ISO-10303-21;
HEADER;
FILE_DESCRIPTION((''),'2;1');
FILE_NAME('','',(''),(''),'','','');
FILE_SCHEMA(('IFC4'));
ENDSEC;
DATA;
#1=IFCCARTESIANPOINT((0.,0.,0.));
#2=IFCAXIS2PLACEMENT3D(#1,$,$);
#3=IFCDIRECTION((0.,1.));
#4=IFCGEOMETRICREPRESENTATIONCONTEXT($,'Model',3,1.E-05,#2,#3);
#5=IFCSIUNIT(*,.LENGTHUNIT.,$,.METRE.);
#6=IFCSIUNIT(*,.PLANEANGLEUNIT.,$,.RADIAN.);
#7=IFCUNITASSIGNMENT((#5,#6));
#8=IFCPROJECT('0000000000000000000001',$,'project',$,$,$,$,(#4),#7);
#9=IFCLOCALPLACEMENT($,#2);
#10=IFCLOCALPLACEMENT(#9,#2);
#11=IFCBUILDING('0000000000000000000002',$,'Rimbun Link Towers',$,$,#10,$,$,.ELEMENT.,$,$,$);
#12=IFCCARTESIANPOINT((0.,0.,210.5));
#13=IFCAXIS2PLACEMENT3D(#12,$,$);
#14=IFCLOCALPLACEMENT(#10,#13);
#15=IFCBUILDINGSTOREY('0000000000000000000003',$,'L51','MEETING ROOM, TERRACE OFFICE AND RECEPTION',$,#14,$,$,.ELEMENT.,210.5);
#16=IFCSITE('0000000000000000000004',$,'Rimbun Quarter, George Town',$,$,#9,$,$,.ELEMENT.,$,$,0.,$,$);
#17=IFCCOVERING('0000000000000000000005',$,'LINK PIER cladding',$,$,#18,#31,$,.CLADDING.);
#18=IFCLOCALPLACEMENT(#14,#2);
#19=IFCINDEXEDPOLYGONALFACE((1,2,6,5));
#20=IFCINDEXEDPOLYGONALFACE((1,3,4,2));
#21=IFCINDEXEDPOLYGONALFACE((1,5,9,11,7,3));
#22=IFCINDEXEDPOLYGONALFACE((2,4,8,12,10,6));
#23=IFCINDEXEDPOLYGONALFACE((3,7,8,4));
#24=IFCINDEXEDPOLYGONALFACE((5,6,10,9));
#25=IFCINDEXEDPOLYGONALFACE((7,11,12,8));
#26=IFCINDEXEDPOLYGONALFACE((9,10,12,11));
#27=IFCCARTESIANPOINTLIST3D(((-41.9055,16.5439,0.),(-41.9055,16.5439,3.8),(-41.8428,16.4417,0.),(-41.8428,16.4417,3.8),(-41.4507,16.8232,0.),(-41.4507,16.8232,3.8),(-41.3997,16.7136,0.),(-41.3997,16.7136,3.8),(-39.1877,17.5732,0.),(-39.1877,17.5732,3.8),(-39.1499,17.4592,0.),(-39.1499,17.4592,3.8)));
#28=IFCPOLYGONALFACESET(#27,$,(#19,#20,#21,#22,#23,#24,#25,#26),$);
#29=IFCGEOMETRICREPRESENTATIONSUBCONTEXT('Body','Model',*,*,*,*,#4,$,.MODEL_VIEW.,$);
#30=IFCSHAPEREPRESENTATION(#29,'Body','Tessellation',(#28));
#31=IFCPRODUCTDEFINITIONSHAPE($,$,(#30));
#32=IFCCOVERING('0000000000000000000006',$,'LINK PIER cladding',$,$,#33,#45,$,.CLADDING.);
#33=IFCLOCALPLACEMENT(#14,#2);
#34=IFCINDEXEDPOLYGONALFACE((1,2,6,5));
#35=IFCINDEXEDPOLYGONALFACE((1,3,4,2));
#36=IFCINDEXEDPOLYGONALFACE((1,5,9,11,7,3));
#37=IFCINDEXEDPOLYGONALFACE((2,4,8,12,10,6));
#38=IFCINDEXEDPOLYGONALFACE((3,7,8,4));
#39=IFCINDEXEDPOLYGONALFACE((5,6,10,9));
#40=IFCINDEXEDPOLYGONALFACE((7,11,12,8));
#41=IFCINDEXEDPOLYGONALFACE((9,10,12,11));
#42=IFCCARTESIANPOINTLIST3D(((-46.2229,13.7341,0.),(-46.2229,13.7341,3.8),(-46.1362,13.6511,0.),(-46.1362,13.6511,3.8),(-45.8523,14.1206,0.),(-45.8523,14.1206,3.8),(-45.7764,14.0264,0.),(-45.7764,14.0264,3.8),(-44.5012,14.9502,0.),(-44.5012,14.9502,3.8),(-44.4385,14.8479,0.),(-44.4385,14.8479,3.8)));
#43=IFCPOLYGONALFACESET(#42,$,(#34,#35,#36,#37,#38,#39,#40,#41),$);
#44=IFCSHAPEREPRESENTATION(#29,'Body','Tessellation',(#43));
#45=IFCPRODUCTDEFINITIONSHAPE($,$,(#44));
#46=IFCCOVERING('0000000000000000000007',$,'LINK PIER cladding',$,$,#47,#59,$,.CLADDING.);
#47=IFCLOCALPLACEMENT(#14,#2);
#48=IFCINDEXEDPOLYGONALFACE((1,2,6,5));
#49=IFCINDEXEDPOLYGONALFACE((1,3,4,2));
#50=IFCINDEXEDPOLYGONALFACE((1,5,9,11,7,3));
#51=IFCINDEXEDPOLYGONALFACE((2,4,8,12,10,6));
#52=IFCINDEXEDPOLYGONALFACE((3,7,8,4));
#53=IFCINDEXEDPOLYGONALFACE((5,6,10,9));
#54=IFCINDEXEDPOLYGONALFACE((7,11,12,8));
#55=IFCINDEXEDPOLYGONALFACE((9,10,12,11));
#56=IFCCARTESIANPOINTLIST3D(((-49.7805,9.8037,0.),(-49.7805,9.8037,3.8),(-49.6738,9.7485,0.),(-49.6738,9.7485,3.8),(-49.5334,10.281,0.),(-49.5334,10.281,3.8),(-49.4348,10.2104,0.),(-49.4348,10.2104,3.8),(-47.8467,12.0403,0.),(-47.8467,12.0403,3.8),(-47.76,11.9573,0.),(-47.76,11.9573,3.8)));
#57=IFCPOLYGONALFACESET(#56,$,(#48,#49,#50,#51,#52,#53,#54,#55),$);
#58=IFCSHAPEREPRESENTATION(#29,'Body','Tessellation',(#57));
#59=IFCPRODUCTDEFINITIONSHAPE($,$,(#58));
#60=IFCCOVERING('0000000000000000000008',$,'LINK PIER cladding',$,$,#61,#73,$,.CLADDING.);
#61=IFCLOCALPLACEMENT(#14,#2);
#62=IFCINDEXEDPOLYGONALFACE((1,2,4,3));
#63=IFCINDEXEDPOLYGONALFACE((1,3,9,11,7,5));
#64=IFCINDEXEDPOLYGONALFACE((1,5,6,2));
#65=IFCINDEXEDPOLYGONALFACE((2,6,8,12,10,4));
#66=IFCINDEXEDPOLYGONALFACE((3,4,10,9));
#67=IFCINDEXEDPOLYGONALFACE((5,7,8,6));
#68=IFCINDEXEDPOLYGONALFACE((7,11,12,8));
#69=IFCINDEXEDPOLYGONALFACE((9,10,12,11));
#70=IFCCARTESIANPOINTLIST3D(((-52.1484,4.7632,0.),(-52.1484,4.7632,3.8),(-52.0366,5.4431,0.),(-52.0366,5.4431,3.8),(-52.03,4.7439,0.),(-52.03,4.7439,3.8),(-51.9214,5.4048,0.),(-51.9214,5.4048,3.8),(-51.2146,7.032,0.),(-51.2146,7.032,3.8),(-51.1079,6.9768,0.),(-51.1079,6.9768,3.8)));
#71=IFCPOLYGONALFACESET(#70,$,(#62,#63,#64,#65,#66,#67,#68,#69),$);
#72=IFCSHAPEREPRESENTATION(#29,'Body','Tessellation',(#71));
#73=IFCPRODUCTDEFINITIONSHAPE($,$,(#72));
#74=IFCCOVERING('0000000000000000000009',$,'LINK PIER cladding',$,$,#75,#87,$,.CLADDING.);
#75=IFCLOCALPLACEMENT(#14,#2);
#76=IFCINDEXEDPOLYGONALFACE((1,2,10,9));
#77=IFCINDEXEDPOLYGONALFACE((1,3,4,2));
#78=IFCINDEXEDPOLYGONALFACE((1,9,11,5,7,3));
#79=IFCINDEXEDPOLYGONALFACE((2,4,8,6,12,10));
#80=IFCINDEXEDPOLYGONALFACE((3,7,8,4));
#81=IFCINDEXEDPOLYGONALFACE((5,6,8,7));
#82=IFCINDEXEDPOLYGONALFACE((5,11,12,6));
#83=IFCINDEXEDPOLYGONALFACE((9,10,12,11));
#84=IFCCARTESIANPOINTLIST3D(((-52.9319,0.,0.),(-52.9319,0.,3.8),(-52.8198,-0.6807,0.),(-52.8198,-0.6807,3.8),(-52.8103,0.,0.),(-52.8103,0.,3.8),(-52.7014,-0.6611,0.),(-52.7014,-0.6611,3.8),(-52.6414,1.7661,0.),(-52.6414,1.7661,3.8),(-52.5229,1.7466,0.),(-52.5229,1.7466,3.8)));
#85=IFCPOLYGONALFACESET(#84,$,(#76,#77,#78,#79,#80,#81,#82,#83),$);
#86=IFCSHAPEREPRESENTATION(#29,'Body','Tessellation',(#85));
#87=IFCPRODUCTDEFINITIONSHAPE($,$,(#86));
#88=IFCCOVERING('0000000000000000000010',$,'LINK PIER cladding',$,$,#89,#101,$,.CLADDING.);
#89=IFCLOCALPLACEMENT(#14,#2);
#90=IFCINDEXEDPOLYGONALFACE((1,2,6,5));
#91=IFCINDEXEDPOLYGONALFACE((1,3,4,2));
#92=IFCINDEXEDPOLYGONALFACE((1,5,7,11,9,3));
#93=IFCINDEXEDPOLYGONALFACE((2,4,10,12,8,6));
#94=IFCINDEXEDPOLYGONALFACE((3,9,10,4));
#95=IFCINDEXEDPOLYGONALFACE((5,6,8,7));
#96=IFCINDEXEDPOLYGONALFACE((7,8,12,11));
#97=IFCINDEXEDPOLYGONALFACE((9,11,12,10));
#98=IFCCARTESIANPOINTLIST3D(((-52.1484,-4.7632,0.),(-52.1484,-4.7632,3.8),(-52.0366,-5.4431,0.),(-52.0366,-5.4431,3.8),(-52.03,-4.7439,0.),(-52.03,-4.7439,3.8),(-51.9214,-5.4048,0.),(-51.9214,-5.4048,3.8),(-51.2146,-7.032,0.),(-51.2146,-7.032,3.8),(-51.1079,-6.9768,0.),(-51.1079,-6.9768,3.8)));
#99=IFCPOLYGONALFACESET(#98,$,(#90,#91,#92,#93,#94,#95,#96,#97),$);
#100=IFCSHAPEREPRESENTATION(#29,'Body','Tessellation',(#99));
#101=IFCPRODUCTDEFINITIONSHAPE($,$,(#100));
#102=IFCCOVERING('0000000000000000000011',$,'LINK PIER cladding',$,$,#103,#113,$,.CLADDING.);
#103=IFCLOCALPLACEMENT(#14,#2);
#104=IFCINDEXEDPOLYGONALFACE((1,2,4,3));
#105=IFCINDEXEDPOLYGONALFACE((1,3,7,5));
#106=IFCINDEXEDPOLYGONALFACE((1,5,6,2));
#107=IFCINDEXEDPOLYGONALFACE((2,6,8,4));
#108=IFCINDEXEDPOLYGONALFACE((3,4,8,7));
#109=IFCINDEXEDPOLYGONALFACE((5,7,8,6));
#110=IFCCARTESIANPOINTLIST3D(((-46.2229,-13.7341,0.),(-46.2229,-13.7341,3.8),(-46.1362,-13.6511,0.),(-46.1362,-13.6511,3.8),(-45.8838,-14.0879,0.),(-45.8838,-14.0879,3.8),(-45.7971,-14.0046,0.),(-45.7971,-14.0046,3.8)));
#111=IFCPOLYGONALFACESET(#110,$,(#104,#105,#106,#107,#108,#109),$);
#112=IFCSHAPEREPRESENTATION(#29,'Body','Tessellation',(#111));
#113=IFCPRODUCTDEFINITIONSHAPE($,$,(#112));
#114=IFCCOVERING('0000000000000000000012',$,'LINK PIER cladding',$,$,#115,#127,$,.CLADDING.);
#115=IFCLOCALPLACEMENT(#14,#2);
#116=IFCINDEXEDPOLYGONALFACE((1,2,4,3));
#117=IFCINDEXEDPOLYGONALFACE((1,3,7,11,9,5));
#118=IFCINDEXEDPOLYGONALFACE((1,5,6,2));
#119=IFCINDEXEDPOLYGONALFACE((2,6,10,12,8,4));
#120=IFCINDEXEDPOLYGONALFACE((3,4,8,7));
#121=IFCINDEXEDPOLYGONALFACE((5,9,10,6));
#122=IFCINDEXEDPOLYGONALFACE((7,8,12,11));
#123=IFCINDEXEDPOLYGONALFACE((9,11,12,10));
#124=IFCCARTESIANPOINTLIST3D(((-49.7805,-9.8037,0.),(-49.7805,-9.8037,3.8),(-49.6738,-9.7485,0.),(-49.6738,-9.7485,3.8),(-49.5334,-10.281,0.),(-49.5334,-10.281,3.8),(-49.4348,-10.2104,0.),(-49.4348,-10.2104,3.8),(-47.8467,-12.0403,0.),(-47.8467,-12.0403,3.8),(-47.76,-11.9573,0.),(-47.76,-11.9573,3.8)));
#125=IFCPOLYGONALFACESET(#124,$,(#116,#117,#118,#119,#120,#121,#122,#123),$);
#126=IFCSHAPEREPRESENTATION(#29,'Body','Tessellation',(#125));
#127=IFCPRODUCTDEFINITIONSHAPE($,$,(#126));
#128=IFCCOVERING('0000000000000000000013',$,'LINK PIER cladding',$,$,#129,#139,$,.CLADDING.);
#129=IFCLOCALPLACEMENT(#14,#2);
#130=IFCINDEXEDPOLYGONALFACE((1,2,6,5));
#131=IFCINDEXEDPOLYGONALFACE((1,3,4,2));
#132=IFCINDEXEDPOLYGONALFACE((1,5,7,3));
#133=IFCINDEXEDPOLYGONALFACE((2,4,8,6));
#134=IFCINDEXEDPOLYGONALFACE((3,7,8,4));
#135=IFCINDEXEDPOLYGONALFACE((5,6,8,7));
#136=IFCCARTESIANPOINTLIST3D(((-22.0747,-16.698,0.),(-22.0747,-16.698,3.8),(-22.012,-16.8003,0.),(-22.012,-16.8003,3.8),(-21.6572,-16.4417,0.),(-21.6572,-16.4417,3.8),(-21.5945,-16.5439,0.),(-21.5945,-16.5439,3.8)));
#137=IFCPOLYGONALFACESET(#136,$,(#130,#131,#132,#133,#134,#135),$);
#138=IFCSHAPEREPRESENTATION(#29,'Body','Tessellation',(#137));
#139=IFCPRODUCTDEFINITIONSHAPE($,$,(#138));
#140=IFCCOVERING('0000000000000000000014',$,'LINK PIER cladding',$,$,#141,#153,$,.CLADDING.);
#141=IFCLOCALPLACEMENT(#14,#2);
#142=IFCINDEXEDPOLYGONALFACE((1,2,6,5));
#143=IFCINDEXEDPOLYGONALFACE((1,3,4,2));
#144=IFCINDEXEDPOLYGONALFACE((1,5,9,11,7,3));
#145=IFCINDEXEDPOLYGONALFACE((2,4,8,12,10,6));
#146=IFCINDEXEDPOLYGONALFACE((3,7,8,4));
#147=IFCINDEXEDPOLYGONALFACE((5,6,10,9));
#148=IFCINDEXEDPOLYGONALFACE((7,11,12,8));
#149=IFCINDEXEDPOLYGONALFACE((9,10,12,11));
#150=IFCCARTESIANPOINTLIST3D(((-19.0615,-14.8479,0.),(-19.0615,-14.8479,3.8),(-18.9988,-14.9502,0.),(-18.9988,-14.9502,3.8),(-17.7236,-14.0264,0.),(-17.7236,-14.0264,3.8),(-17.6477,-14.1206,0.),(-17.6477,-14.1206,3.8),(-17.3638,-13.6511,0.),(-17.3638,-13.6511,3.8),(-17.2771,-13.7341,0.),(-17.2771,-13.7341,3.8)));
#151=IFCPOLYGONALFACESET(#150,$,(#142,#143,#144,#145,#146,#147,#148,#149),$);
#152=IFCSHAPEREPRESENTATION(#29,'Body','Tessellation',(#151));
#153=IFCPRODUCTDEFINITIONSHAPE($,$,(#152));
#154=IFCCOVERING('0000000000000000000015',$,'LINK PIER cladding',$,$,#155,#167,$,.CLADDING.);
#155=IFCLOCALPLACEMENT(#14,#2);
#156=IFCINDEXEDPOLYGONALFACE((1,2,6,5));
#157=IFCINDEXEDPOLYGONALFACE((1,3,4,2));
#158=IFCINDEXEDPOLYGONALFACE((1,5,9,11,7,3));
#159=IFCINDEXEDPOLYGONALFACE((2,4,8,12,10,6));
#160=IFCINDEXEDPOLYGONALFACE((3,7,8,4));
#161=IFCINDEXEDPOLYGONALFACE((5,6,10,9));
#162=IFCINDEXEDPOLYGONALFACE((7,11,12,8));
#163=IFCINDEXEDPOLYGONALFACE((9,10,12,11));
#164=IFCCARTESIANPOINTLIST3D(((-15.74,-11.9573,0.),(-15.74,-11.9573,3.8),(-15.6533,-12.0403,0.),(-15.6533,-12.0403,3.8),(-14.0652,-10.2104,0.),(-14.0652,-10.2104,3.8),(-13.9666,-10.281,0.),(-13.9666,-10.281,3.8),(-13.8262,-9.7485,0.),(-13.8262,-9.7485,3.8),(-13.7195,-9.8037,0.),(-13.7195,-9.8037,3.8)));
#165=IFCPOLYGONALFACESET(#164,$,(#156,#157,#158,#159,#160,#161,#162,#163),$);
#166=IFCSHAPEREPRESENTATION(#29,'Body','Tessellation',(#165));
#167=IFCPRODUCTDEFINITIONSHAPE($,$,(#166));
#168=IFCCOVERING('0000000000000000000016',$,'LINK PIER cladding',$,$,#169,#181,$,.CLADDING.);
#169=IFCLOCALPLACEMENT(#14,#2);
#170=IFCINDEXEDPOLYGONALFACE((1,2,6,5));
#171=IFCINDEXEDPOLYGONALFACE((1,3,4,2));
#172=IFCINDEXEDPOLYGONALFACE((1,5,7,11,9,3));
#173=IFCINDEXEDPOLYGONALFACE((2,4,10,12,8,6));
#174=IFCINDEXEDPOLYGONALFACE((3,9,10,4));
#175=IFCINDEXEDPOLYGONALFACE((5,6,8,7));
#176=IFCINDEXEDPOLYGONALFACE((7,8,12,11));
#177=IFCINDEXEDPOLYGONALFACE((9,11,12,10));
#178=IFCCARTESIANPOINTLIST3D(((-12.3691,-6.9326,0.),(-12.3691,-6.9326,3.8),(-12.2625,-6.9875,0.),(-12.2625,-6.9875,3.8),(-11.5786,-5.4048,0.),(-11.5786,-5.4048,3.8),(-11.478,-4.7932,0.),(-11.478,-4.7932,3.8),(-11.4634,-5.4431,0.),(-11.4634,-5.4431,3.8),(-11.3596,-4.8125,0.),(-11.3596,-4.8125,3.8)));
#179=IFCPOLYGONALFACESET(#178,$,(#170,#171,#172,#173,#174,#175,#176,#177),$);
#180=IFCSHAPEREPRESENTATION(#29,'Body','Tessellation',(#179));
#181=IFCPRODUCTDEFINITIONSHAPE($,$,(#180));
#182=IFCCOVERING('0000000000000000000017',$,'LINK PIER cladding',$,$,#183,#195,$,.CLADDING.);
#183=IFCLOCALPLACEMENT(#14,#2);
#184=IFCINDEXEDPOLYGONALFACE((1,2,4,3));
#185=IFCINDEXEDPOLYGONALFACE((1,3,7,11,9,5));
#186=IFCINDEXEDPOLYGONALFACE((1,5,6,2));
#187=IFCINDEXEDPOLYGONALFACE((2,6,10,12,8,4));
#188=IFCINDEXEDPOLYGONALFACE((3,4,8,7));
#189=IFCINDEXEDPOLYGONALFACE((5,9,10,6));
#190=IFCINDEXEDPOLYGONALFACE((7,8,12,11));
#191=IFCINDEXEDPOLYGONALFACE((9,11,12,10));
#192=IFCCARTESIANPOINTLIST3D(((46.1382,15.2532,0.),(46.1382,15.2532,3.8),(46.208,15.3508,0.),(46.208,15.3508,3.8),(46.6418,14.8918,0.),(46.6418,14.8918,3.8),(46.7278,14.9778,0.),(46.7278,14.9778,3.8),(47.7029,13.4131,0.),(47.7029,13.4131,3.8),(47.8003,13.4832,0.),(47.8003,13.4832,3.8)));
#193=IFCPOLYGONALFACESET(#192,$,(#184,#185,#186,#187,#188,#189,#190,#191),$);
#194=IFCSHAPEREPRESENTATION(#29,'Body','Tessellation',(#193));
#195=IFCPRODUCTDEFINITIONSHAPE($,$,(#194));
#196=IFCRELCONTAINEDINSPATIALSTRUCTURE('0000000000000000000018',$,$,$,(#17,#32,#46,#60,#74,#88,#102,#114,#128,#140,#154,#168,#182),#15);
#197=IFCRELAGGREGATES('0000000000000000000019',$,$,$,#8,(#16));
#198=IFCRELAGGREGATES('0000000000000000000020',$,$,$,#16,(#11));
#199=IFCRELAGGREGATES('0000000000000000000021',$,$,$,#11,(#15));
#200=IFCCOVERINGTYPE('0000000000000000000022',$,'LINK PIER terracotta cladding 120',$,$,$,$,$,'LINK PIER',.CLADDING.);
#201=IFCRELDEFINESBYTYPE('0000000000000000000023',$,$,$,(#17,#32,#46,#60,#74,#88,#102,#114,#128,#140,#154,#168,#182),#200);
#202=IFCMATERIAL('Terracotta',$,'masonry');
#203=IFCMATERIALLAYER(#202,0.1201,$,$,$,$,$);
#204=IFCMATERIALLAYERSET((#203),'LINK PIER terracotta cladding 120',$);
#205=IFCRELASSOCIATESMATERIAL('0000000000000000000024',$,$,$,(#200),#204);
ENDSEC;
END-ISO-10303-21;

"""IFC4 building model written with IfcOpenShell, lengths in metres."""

from ifc_helpers import new_model, si_unit, direction, frame, origin, place, context, subcontext, project, spatial, polyline, outline, extrude, material, layer, layer_set, type_object, element, save


model = new_model("IFC4")

# Units and contexts
model_context = context("Model", 3, precision=1e-05, world=origin(), true_north=direction((0.0, 1.0)))
body_context = subcontext(model_context, "Body", "Model", "MODEL_VIEW")
ifc_project = project(units=[si_unit("LENGTHUNIT", "METRE"), si_unit("PLANEANGLEUNIT", "RADIAN")], contexts=[model_context])

# Site, building, storey
site_placement = place(None, origin())
site = spatial("IfcSite", under=ifc_project, at=site_placement, Name="Rimbun Quarter, George Town", CompositionType="ELEMENT", RefElevation=0.0)
building_placement = place(site_placement, origin())
building = spatial("IfcBuilding", under=site, at=building_placement, Name="Rimbun Link Towers", CompositionType="ELEMENT")
storey_placement = place(building_placement, frame((0.0, 0.0, 210.5)))
storey = spatial("IfcBuildingStorey", under=building, at=storey_placement, Name="L51", Description="MEETING ROOM, TERRACE OFFICE AND RECEPTION", CompositionType="ELEMENT", Elevation=210.5)

# Coverings
ifc_material_1 = material(Name="Terracotta", Category="masonry")
ifc_layer_1 = layer(ifc_material_1, 0.1201)
ifc_layer_set_1 = layer_set([ifc_layer_1], Name="LINK PIER terracotta cladding 120")
covering_type_1 = type_object("IfcCoveringType", Name="LINK PIER terracotta cladding 120", ElementType="LINK PIER", PredefinedType="CLADDING", material=ifc_layer_set_1)
covering_1_placement = place(storey_placement, origin())
element("IfcCovering", 1, at=covering_1_placement, inside=storey, type_object=covering_type_1, Name="LINK PIER cladding", PredefinedType="CLADDING", context=body_context, shape_type="SweptSolid", body=[
    extrude(outline(polyline([(-41.8428, 16.4417), (-41.3997, 16.7136), (-39.1499, 17.4592), (-39.1877, 17.5732), (-41.4507, 16.8232), (-41.9055, 16.5439), (-41.8428, 16.4417)])), origin(), (0.0, 0.0, 1.0), 3.8),
])
covering_2_placement = place(storey_placement, origin())
element("IfcCovering", 2, at=covering_2_placement, inside=storey, type_object=covering_type_1, Name="LINK PIER cladding", PredefinedType="CLADDING", context=body_context, shape_type="SweptSolid", body=[
    extrude(outline(polyline([(-46.1362, 13.6511), (-45.7764, 14.0264), (-44.4385, 14.8479), (-44.5012, 14.9502), (-45.8523, 14.1206), (-46.2229, 13.7341), (-46.1362, 13.6511)])), origin(), (0.0, 0.0, 1.0), 3.8),
])
covering_3_placement = place(storey_placement, origin())
element("IfcCovering", 3, at=covering_3_placement, inside=storey, type_object=covering_type_1, Name="LINK PIER cladding", PredefinedType="CLADDING", context=body_context, shape_type="SweptSolid", body=[
    extrude(outline(polyline([(-49.6738, 9.7485), (-49.4348, 10.2104), (-47.76, 11.9573), (-47.8467, 12.0403), (-49.5334, 10.281), (-49.7805, 9.8037), (-49.6738, 9.7485)])), origin(), (0.0, 0.0, 1.0), 3.8),
])
covering_4_placement = place(storey_placement, origin())
element("IfcCovering", 4, at=covering_4_placement, inside=storey, type_object=covering_type_1, Name="LINK PIER cladding", PredefinedType="CLADDING", context=body_context, shape_type="SweptSolid", body=[
    extrude(outline(polyline([(-52.03, 4.7439), (-51.9214, 5.4048), (-51.1079, 6.9768), (-51.2146, 7.032), (-52.0366, 5.4431), (-52.1484, 4.7632), (-52.03, 4.7439)])), origin(), (0.0, 0.0, 1.0), 3.8),
])
covering_5_placement = place(storey_placement, origin())
element("IfcCovering", 5, at=covering_5_placement, inside=storey, type_object=covering_type_1, Name="LINK PIER cladding", PredefinedType="CLADDING", context=body_context, shape_type="SweptSolid", body=[
    extrude(outline(polyline([(-52.7014, -0.6611), (-52.8103, 0.0), (-52.5229, 1.7466), (-52.6414, 1.7661), (-52.9319, 0.0), (-52.8198, -0.6807), (-52.7014, -0.6611)])), origin(), (0.0, 0.0, 1.0), 3.8),
])
covering_6_placement = place(storey_placement, origin())
element("IfcCovering", 6, at=covering_6_placement, inside=storey, type_object=covering_type_1, Name="LINK PIER cladding", PredefinedType="CLADDING", context=body_context, shape_type="SweptSolid", body=[
    extrude(outline(polyline([(-51.1079, -6.9768), (-51.9214, -5.4048), (-52.03, -4.7439), (-52.1484, -4.7632), (-52.0366, -5.4431), (-51.2146, -7.032), (-51.1079, -6.9768)])), origin(), (0.0, 0.0, 1.0), 3.8),
])
covering_7_placement = place(storey_placement, origin())
element("IfcCovering", 7, at=covering_7_placement, inside=storey, type_object=covering_type_1, Name="LINK PIER cladding", PredefinedType="CLADDING", context=body_context, shape_type="SweptSolid", body=[
    extrude(outline(polyline([(-45.7971, -14.0046), (-46.1362, -13.6511), (-46.2229, -13.7341), (-45.8838, -14.0879), (-45.7971, -14.0046)])), origin(), (0.0, 0.0, 1.0), 3.8),
])
covering_8_placement = place(storey_placement, origin())
element("IfcCovering", 8, at=covering_8_placement, inside=storey, type_object=covering_type_1, Name="LINK PIER cladding", PredefinedType="CLADDING", context=body_context, shape_type="SweptSolid", body=[
    extrude(outline(polyline([(-47.76, -11.9573), (-49.4348, -10.2104), (-49.6738, -9.7485), (-49.7805, -9.8037), (-49.5334, -10.281), (-47.8467, -12.0403), (-47.76, -11.9573)])), origin(), (0.0, 0.0, 1.0), 3.8),
])
covering_9_placement = place(storey_placement, origin())
element("IfcCovering", 9, at=covering_9_placement, inside=storey, type_object=covering_type_1, Name="LINK PIER cladding", PredefinedType="CLADDING", context=body_context, shape_type="SweptSolid", body=[
    extrude(outline(polyline([(-21.6572, -16.4417), (-22.0747, -16.698), (-22.012, -16.8003), (-21.5945, -16.5439), (-21.6572, -16.4417)])), origin(), (0.0, 0.0, 1.0), 3.8),
])
covering_10_placement = place(storey_placement, origin())
element("IfcCovering", 10, at=covering_10_placement, inside=storey, type_object=covering_type_1, Name="LINK PIER cladding", PredefinedType="CLADDING", context=body_context, shape_type="SweptSolid", body=[
    extrude(outline(polyline([(-17.3638, -13.6511), (-17.7236, -14.0264), (-19.0615, -14.8479), (-18.9988, -14.9502), (-17.6477, -14.1206), (-17.2771, -13.7341), (-17.3638, -13.6511)])), origin(), (0.0, 0.0, 1.0), 3.8),
])
covering_11_placement = place(storey_placement, origin())
element("IfcCovering", 11, at=covering_11_placement, inside=storey, type_object=covering_type_1, Name="LINK PIER cladding", PredefinedType="CLADDING", context=body_context, shape_type="SweptSolid", body=[
    extrude(outline(polyline([(-13.8262, -9.7485), (-14.0652, -10.2104), (-15.74, -11.9573), (-15.6533, -12.0403), (-13.9666, -10.281), (-13.7195, -9.8037), (-13.8262, -9.7485)])), origin(), (0.0, 0.0, 1.0), 3.8),
])
covering_12_placement = place(storey_placement, origin())
element("IfcCovering", 12, at=covering_12_placement, inside=storey, type_object=covering_type_1, Name="LINK PIER cladding", PredefinedType="CLADDING", context=body_context, shape_type="SweptSolid", body=[
    extrude(outline(polyline([(-11.478, -4.7932), (-11.5786, -5.4048), (-12.3691, -6.9326), (-12.2625, -6.9875), (-11.4634, -5.4431), (-11.3596, -4.8125), (-11.478, -4.7932)])), origin(), (0.0, 0.0, 1.0), 3.8),
])
covering_13_placement = place(storey_placement, origin())
element("IfcCovering", 13, at=covering_13_placement, inside=storey, type_object=covering_type_1, Name="LINK PIER cladding", PredefinedType="CLADDING", context=body_context, shape_type="SweptSolid", body=[
    extrude(outline(polyline([(46.1382, 15.2532), (46.6418, 14.8918), (47.7029, 13.4131), (47.8003, 13.4832), (46.7278, 14.9778), (46.208, 15.3508), (46.1382, 15.2532)])), origin(), (0.0, 0.0, 1.0), 3.8),
])

save(model, "model.ifc")
